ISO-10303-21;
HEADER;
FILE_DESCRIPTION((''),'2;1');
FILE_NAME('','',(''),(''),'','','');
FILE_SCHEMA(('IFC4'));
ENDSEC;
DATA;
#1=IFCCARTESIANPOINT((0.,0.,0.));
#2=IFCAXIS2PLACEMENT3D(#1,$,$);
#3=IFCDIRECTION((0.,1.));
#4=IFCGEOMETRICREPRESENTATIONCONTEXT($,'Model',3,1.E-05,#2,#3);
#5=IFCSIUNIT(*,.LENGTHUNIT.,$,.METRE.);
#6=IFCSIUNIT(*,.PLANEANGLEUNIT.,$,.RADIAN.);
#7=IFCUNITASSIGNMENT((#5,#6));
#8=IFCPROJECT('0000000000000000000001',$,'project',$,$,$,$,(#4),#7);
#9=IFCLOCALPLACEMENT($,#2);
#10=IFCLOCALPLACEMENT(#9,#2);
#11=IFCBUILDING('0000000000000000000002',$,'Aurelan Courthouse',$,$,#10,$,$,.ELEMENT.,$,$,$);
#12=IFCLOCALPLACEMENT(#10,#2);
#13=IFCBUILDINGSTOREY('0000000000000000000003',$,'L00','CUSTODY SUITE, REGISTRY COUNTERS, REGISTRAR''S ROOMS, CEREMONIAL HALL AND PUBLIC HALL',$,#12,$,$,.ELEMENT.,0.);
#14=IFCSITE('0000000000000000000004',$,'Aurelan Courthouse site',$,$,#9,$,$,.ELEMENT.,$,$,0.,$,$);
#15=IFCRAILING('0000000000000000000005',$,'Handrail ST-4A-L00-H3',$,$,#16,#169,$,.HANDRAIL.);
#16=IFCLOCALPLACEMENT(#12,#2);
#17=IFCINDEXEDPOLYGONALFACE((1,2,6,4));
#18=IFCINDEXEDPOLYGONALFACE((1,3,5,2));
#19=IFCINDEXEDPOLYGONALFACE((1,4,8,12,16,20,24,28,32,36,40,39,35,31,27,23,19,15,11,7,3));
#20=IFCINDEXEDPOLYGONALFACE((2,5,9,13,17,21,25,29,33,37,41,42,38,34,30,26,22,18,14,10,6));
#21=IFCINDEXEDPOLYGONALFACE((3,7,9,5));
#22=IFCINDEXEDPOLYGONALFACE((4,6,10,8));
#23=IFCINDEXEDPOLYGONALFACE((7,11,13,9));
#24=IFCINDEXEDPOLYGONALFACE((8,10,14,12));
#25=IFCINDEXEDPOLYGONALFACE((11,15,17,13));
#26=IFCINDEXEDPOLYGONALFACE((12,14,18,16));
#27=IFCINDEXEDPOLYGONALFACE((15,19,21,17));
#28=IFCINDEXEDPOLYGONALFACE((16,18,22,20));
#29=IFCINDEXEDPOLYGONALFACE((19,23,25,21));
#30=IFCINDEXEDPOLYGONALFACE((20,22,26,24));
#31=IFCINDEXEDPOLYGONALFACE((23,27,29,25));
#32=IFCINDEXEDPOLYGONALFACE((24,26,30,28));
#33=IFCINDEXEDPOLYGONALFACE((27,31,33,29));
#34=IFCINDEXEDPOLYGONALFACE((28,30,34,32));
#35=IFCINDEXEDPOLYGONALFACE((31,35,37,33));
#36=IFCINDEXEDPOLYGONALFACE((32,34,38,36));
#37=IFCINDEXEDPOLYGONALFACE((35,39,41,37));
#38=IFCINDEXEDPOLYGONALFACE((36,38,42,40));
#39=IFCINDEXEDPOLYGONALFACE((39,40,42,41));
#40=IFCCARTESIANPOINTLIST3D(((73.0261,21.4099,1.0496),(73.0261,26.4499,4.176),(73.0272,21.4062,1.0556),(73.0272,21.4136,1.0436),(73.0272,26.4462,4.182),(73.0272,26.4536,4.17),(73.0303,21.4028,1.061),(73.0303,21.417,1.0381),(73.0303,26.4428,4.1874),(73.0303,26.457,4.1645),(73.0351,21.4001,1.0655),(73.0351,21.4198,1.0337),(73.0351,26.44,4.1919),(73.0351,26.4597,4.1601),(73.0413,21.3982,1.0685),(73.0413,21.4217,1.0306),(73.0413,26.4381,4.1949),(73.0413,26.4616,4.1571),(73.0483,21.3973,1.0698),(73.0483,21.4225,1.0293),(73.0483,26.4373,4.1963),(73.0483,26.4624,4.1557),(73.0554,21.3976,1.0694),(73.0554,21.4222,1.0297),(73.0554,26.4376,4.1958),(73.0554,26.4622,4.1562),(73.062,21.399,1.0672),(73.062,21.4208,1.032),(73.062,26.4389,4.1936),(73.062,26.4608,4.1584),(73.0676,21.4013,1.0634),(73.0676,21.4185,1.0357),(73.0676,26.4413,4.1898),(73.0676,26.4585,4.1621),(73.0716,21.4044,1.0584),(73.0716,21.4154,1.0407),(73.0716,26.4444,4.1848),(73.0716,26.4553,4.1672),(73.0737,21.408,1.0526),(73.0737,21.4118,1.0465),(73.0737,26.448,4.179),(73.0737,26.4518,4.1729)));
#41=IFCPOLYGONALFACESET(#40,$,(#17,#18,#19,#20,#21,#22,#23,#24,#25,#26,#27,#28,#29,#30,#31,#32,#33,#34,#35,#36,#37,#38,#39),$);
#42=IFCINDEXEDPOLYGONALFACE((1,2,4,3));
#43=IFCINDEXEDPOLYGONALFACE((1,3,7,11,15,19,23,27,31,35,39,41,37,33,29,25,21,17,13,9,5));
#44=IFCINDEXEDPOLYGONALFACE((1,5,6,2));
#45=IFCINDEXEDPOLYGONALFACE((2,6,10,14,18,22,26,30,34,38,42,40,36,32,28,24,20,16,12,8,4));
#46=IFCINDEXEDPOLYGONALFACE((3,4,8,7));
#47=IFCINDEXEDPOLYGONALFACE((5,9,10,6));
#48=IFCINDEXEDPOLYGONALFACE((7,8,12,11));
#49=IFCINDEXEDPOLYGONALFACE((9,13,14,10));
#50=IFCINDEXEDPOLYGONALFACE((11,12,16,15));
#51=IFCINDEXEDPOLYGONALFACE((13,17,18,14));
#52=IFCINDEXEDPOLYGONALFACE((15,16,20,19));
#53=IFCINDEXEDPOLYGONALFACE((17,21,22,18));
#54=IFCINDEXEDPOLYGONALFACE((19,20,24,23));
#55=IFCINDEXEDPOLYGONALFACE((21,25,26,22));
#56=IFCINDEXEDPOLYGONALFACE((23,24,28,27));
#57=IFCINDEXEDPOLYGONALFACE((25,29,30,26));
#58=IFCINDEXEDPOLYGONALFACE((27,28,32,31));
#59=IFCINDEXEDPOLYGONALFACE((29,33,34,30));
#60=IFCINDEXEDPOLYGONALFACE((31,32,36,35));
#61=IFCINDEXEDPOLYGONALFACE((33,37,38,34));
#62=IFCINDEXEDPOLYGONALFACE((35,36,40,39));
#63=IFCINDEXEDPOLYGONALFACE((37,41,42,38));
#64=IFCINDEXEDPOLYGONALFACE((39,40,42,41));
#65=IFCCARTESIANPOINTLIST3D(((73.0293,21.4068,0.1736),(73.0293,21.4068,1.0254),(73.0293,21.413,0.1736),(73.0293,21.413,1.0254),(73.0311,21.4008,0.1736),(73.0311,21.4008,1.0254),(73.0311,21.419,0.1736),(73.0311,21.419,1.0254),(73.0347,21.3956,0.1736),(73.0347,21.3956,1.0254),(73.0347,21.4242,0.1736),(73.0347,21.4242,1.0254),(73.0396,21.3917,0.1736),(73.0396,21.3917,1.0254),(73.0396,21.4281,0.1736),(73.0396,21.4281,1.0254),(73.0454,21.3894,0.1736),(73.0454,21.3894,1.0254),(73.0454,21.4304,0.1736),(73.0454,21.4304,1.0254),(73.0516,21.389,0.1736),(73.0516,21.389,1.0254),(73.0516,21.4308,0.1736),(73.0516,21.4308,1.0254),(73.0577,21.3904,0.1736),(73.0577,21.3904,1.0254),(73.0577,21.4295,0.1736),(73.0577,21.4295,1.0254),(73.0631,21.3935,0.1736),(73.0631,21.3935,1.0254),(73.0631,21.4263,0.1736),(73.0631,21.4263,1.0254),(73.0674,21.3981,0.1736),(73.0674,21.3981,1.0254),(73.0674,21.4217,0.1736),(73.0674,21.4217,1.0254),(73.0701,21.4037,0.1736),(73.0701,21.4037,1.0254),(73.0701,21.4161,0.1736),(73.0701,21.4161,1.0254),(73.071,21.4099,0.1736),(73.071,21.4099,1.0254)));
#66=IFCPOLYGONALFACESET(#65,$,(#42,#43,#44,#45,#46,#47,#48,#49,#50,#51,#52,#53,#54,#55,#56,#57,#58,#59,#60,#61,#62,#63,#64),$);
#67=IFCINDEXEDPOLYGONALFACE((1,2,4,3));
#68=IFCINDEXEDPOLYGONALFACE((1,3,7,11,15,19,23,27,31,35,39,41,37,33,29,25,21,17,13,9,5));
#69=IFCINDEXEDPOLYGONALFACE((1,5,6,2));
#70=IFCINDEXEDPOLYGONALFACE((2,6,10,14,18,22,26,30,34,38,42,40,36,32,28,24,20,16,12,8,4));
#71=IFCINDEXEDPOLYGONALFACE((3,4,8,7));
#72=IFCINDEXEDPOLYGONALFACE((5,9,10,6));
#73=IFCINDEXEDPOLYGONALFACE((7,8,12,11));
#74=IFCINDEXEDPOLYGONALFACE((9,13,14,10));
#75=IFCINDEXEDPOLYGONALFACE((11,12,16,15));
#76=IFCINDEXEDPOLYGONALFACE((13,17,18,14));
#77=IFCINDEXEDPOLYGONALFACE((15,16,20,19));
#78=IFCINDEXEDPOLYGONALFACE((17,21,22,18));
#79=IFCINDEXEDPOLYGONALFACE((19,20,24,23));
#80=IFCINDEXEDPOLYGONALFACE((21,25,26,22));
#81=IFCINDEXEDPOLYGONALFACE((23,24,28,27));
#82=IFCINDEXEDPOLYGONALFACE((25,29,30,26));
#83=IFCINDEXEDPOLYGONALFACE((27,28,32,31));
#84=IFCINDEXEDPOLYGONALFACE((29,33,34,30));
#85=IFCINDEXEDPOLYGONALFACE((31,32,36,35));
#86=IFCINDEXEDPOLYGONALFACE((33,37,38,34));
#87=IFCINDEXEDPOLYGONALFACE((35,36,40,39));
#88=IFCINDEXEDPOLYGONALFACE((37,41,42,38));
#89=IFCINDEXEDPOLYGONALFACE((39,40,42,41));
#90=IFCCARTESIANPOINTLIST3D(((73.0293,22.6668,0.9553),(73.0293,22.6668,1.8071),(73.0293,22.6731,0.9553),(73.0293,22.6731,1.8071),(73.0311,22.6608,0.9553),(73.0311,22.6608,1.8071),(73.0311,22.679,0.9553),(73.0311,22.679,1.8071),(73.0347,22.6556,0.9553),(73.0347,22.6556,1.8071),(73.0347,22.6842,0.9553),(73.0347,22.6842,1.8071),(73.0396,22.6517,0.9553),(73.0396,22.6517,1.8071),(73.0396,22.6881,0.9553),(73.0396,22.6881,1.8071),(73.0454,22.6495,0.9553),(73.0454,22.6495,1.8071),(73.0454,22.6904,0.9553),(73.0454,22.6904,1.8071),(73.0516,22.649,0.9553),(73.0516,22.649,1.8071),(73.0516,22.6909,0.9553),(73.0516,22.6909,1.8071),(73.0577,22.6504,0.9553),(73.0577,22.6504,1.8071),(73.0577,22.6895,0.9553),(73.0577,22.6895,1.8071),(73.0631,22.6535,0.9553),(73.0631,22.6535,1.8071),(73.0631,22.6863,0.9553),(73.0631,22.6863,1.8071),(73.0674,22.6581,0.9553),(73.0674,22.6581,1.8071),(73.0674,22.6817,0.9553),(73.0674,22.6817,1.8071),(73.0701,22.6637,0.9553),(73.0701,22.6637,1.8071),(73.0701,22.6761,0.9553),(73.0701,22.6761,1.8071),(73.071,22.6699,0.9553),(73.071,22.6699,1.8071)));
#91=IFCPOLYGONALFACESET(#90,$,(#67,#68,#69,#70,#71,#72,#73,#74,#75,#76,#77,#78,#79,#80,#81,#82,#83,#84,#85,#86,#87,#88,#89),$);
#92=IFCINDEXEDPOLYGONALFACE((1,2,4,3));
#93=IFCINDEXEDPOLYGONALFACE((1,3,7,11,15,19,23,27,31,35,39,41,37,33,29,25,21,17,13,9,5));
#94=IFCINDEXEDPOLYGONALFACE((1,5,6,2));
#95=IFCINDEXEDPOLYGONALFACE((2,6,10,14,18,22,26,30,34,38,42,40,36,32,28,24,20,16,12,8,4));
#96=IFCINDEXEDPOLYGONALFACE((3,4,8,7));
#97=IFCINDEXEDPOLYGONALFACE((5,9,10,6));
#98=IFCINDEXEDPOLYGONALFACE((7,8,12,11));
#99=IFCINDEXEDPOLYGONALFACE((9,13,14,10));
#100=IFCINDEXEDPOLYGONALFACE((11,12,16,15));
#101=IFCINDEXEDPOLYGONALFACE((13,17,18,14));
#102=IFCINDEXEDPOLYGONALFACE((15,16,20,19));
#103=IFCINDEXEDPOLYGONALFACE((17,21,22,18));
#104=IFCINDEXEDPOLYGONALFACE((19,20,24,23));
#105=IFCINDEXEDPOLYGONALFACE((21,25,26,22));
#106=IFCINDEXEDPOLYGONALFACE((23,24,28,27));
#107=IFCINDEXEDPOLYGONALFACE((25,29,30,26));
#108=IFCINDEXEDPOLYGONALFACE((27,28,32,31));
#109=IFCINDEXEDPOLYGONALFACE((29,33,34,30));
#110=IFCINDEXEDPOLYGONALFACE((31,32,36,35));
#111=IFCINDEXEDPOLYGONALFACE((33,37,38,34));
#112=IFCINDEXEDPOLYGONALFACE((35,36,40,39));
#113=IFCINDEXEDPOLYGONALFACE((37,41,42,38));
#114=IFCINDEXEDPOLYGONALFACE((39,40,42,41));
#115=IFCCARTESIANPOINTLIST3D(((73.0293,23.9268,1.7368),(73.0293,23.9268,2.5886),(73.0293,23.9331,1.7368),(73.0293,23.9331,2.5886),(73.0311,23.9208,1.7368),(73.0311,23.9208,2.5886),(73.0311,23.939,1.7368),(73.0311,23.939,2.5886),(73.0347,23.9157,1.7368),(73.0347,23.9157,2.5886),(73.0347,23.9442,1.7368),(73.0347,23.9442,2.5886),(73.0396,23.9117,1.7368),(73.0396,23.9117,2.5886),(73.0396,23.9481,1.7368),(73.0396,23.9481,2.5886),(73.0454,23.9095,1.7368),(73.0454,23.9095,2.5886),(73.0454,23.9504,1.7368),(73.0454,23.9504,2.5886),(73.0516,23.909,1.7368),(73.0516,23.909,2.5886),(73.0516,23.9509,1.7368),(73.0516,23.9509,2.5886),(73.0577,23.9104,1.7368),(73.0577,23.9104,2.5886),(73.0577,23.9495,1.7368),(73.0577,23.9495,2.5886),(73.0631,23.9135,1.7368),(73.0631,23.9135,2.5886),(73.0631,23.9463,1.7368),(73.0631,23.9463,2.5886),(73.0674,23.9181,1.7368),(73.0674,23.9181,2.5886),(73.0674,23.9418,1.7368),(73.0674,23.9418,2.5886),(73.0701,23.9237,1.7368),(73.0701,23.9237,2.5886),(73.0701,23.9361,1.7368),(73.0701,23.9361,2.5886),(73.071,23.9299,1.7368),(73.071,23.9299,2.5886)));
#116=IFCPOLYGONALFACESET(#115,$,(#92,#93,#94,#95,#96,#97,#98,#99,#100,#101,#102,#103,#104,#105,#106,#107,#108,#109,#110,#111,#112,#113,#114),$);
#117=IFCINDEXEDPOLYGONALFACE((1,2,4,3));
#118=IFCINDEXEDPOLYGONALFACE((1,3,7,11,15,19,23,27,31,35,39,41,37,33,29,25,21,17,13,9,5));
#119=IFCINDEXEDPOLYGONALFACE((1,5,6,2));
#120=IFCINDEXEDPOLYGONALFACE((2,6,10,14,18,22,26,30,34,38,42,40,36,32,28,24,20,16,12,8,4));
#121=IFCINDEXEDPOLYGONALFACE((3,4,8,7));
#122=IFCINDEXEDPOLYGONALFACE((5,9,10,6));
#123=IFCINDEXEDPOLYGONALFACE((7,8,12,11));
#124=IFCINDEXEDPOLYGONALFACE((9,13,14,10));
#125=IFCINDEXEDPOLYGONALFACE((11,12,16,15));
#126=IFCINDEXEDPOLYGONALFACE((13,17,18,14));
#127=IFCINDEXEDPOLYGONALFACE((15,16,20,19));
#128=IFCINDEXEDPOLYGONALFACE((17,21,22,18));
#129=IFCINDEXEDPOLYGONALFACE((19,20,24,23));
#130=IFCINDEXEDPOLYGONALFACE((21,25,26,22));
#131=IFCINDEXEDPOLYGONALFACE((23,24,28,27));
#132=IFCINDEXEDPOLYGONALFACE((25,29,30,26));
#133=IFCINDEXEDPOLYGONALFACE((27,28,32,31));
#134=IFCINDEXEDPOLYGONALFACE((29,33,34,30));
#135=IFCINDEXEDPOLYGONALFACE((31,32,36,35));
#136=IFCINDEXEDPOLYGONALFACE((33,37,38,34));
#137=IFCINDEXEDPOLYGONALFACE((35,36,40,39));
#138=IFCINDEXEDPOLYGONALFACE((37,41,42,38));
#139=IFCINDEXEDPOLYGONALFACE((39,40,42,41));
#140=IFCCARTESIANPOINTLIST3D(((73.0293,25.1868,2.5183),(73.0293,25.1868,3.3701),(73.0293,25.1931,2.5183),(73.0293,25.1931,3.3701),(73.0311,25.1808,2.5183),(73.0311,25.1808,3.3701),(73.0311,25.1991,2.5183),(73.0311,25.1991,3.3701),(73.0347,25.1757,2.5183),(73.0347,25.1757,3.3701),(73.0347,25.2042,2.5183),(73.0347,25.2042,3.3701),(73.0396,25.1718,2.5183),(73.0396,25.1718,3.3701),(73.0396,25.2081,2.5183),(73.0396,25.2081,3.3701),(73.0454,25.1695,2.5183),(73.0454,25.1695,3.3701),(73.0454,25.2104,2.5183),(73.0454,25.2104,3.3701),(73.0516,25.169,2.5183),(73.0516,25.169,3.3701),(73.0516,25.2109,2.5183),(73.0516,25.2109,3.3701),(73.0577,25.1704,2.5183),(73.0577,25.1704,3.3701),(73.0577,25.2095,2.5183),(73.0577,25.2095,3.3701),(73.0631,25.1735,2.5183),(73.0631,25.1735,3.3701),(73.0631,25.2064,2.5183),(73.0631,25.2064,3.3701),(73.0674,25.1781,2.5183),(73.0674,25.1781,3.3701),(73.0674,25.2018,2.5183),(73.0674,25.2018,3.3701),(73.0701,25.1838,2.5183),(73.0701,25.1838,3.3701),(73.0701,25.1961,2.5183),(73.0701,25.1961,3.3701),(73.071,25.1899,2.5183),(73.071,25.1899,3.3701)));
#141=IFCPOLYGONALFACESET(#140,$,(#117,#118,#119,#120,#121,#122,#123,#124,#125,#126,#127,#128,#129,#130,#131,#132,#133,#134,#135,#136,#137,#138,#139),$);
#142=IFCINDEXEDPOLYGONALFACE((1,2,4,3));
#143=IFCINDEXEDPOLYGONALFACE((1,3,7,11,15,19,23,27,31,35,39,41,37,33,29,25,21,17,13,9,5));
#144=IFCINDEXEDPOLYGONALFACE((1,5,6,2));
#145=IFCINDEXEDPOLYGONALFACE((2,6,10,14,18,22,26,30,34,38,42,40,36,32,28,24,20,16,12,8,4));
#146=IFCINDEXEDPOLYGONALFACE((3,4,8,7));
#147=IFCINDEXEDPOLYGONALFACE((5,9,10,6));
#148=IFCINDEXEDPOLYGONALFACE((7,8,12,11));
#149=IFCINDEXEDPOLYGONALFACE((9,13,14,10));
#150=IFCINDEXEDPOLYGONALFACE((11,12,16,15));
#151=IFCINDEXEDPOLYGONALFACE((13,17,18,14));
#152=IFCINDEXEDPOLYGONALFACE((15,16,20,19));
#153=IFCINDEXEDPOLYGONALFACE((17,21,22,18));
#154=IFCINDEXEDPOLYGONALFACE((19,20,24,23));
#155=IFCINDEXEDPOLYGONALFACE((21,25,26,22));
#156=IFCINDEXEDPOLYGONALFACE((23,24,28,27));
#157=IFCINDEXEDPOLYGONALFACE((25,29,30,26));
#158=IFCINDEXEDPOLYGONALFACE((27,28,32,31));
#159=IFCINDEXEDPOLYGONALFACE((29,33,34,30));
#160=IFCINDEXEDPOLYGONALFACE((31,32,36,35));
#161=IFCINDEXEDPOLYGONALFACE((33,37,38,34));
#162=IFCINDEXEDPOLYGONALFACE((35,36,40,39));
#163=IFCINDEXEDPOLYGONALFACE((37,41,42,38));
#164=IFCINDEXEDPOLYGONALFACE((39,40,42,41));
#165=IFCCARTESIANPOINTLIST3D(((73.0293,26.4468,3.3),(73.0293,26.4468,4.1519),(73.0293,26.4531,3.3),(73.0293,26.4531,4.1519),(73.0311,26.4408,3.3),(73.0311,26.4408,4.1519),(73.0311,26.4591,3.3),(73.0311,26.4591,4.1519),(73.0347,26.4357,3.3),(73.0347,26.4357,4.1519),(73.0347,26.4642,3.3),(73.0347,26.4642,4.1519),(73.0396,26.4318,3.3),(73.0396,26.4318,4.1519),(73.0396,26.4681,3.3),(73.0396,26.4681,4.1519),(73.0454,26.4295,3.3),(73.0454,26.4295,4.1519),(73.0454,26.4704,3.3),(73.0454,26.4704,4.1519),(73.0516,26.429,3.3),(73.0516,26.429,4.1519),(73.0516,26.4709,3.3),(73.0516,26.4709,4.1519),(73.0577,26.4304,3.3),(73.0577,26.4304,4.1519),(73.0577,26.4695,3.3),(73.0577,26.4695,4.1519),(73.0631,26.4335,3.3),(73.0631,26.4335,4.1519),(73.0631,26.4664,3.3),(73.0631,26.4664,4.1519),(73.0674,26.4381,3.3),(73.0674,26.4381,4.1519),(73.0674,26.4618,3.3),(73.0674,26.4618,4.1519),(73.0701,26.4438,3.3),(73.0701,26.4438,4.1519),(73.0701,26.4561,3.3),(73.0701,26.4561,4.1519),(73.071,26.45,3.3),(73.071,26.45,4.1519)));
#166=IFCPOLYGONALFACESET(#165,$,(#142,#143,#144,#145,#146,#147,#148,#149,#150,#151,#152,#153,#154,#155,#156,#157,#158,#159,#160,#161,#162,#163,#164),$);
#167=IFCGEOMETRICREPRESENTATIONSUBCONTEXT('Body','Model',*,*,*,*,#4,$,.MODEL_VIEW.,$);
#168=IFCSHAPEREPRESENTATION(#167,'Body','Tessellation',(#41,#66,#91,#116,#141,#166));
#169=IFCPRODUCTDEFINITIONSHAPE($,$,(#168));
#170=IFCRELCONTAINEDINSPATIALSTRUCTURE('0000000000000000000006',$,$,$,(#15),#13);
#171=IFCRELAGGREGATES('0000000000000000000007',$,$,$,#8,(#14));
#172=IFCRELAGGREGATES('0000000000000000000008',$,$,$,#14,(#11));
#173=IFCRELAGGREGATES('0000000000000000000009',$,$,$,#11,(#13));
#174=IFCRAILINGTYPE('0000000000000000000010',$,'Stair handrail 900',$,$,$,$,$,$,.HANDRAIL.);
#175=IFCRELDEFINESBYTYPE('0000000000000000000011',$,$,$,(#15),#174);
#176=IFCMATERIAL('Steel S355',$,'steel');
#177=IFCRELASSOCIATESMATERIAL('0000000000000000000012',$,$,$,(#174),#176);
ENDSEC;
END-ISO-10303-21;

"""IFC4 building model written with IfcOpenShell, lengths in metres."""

from ifc_helpers import new_model, si_unit, direction, frame, origin, origin_2d, place, context, subcontext, project, spatial, circle, extrude, material, type_object, element, save


model = new_model("IFC4")

# Units and contexts
model_context = context("Model", 3, precision=1e-05, world=origin(), true_north=direction((0.0, 1.0)))
body_context = subcontext(model_context, "Body", "Model", "MODEL_VIEW")
ifc_project = project(units=[si_unit("LENGTHUNIT", "METRE"), si_unit("PLANEANGLEUNIT", "RADIAN")], contexts=[model_context])

# Site, building, storey
site_placement = place(None, origin())
site = spatial("IfcSite", under=ifc_project, at=site_placement, Name="Aurelan Courthouse site", CompositionType="ELEMENT", RefElevation=0.0)
building_placement = place(site_placement, origin())
building = spatial("IfcBuilding", under=site, at=building_placement, Name="Aurelan Courthouse", CompositionType="ELEMENT")
storey_placement = place(building_placement, origin())
storey = spatial("IfcBuildingStorey", under=building, at=storey_placement, Name="L00", Description="CUSTODY SUITE, REGISTRY COUNTERS, REGISTRAR'S ROOMS, CEREMONIAL HALL AND PUBLIC HALL", CompositionType="ELEMENT", Elevation=0.0)

# Railing
ifc_material_1 = material(Name="Steel S355", Category="steel")
railing_type_1 = type_object("IfcRailingType", Name="Stair handrail 900", PredefinedType="HANDRAIL", material=ifc_material_1)
for number, where, name in (
    (1, (73.05, 21.4099, 0.1736), "Handrail ST-4A-L00-H3"),
):
    element("IfcRailing", number, at=place(storey_placement, frame(where)), inside=storey, type_object=railing_type_1, Name=name, PredefinedType="HANDRAIL", context=body_context, shape_type="SweptSolid", body=[
        extrude(circle(Radius=0.0239, at=origin_2d()), frame((0.0, 0.0, 0.876), z_axis=(0.0, 0.849779, 0.527139), x_axis=(-1.0, 0.0, 0.0)), (0.0, 0.0, 1.0), 5.9309),
        extrude(circle(Radius=0.021, at=origin_2d()), origin(), (0.0, 0.0, 1.0), 0.8518),
        extrude(circle(Radius=0.021, at=origin_2d()), frame((0.0, 1.26, 0.7817)), (0.0, 0.0, 1.0), 0.8518),
        extrude(circle(Radius=0.021, at=origin_2d()), frame((0.0, 2.52, 1.5632)), (0.0, 0.0, 1.0), 0.8518),
        extrude(circle(Radius=0.021, at=origin_2d()), frame((0.0, 3.78, 2.3447)), (0.0, 0.0, 1.0), 0.8518),
        extrude(circle(Radius=0.021, at=origin_2d()), frame((0.0, 5.04, 3.1265)), (0.0, 0.0, 1.0), 0.8518),
    ])

save(model, "model.ifc")
